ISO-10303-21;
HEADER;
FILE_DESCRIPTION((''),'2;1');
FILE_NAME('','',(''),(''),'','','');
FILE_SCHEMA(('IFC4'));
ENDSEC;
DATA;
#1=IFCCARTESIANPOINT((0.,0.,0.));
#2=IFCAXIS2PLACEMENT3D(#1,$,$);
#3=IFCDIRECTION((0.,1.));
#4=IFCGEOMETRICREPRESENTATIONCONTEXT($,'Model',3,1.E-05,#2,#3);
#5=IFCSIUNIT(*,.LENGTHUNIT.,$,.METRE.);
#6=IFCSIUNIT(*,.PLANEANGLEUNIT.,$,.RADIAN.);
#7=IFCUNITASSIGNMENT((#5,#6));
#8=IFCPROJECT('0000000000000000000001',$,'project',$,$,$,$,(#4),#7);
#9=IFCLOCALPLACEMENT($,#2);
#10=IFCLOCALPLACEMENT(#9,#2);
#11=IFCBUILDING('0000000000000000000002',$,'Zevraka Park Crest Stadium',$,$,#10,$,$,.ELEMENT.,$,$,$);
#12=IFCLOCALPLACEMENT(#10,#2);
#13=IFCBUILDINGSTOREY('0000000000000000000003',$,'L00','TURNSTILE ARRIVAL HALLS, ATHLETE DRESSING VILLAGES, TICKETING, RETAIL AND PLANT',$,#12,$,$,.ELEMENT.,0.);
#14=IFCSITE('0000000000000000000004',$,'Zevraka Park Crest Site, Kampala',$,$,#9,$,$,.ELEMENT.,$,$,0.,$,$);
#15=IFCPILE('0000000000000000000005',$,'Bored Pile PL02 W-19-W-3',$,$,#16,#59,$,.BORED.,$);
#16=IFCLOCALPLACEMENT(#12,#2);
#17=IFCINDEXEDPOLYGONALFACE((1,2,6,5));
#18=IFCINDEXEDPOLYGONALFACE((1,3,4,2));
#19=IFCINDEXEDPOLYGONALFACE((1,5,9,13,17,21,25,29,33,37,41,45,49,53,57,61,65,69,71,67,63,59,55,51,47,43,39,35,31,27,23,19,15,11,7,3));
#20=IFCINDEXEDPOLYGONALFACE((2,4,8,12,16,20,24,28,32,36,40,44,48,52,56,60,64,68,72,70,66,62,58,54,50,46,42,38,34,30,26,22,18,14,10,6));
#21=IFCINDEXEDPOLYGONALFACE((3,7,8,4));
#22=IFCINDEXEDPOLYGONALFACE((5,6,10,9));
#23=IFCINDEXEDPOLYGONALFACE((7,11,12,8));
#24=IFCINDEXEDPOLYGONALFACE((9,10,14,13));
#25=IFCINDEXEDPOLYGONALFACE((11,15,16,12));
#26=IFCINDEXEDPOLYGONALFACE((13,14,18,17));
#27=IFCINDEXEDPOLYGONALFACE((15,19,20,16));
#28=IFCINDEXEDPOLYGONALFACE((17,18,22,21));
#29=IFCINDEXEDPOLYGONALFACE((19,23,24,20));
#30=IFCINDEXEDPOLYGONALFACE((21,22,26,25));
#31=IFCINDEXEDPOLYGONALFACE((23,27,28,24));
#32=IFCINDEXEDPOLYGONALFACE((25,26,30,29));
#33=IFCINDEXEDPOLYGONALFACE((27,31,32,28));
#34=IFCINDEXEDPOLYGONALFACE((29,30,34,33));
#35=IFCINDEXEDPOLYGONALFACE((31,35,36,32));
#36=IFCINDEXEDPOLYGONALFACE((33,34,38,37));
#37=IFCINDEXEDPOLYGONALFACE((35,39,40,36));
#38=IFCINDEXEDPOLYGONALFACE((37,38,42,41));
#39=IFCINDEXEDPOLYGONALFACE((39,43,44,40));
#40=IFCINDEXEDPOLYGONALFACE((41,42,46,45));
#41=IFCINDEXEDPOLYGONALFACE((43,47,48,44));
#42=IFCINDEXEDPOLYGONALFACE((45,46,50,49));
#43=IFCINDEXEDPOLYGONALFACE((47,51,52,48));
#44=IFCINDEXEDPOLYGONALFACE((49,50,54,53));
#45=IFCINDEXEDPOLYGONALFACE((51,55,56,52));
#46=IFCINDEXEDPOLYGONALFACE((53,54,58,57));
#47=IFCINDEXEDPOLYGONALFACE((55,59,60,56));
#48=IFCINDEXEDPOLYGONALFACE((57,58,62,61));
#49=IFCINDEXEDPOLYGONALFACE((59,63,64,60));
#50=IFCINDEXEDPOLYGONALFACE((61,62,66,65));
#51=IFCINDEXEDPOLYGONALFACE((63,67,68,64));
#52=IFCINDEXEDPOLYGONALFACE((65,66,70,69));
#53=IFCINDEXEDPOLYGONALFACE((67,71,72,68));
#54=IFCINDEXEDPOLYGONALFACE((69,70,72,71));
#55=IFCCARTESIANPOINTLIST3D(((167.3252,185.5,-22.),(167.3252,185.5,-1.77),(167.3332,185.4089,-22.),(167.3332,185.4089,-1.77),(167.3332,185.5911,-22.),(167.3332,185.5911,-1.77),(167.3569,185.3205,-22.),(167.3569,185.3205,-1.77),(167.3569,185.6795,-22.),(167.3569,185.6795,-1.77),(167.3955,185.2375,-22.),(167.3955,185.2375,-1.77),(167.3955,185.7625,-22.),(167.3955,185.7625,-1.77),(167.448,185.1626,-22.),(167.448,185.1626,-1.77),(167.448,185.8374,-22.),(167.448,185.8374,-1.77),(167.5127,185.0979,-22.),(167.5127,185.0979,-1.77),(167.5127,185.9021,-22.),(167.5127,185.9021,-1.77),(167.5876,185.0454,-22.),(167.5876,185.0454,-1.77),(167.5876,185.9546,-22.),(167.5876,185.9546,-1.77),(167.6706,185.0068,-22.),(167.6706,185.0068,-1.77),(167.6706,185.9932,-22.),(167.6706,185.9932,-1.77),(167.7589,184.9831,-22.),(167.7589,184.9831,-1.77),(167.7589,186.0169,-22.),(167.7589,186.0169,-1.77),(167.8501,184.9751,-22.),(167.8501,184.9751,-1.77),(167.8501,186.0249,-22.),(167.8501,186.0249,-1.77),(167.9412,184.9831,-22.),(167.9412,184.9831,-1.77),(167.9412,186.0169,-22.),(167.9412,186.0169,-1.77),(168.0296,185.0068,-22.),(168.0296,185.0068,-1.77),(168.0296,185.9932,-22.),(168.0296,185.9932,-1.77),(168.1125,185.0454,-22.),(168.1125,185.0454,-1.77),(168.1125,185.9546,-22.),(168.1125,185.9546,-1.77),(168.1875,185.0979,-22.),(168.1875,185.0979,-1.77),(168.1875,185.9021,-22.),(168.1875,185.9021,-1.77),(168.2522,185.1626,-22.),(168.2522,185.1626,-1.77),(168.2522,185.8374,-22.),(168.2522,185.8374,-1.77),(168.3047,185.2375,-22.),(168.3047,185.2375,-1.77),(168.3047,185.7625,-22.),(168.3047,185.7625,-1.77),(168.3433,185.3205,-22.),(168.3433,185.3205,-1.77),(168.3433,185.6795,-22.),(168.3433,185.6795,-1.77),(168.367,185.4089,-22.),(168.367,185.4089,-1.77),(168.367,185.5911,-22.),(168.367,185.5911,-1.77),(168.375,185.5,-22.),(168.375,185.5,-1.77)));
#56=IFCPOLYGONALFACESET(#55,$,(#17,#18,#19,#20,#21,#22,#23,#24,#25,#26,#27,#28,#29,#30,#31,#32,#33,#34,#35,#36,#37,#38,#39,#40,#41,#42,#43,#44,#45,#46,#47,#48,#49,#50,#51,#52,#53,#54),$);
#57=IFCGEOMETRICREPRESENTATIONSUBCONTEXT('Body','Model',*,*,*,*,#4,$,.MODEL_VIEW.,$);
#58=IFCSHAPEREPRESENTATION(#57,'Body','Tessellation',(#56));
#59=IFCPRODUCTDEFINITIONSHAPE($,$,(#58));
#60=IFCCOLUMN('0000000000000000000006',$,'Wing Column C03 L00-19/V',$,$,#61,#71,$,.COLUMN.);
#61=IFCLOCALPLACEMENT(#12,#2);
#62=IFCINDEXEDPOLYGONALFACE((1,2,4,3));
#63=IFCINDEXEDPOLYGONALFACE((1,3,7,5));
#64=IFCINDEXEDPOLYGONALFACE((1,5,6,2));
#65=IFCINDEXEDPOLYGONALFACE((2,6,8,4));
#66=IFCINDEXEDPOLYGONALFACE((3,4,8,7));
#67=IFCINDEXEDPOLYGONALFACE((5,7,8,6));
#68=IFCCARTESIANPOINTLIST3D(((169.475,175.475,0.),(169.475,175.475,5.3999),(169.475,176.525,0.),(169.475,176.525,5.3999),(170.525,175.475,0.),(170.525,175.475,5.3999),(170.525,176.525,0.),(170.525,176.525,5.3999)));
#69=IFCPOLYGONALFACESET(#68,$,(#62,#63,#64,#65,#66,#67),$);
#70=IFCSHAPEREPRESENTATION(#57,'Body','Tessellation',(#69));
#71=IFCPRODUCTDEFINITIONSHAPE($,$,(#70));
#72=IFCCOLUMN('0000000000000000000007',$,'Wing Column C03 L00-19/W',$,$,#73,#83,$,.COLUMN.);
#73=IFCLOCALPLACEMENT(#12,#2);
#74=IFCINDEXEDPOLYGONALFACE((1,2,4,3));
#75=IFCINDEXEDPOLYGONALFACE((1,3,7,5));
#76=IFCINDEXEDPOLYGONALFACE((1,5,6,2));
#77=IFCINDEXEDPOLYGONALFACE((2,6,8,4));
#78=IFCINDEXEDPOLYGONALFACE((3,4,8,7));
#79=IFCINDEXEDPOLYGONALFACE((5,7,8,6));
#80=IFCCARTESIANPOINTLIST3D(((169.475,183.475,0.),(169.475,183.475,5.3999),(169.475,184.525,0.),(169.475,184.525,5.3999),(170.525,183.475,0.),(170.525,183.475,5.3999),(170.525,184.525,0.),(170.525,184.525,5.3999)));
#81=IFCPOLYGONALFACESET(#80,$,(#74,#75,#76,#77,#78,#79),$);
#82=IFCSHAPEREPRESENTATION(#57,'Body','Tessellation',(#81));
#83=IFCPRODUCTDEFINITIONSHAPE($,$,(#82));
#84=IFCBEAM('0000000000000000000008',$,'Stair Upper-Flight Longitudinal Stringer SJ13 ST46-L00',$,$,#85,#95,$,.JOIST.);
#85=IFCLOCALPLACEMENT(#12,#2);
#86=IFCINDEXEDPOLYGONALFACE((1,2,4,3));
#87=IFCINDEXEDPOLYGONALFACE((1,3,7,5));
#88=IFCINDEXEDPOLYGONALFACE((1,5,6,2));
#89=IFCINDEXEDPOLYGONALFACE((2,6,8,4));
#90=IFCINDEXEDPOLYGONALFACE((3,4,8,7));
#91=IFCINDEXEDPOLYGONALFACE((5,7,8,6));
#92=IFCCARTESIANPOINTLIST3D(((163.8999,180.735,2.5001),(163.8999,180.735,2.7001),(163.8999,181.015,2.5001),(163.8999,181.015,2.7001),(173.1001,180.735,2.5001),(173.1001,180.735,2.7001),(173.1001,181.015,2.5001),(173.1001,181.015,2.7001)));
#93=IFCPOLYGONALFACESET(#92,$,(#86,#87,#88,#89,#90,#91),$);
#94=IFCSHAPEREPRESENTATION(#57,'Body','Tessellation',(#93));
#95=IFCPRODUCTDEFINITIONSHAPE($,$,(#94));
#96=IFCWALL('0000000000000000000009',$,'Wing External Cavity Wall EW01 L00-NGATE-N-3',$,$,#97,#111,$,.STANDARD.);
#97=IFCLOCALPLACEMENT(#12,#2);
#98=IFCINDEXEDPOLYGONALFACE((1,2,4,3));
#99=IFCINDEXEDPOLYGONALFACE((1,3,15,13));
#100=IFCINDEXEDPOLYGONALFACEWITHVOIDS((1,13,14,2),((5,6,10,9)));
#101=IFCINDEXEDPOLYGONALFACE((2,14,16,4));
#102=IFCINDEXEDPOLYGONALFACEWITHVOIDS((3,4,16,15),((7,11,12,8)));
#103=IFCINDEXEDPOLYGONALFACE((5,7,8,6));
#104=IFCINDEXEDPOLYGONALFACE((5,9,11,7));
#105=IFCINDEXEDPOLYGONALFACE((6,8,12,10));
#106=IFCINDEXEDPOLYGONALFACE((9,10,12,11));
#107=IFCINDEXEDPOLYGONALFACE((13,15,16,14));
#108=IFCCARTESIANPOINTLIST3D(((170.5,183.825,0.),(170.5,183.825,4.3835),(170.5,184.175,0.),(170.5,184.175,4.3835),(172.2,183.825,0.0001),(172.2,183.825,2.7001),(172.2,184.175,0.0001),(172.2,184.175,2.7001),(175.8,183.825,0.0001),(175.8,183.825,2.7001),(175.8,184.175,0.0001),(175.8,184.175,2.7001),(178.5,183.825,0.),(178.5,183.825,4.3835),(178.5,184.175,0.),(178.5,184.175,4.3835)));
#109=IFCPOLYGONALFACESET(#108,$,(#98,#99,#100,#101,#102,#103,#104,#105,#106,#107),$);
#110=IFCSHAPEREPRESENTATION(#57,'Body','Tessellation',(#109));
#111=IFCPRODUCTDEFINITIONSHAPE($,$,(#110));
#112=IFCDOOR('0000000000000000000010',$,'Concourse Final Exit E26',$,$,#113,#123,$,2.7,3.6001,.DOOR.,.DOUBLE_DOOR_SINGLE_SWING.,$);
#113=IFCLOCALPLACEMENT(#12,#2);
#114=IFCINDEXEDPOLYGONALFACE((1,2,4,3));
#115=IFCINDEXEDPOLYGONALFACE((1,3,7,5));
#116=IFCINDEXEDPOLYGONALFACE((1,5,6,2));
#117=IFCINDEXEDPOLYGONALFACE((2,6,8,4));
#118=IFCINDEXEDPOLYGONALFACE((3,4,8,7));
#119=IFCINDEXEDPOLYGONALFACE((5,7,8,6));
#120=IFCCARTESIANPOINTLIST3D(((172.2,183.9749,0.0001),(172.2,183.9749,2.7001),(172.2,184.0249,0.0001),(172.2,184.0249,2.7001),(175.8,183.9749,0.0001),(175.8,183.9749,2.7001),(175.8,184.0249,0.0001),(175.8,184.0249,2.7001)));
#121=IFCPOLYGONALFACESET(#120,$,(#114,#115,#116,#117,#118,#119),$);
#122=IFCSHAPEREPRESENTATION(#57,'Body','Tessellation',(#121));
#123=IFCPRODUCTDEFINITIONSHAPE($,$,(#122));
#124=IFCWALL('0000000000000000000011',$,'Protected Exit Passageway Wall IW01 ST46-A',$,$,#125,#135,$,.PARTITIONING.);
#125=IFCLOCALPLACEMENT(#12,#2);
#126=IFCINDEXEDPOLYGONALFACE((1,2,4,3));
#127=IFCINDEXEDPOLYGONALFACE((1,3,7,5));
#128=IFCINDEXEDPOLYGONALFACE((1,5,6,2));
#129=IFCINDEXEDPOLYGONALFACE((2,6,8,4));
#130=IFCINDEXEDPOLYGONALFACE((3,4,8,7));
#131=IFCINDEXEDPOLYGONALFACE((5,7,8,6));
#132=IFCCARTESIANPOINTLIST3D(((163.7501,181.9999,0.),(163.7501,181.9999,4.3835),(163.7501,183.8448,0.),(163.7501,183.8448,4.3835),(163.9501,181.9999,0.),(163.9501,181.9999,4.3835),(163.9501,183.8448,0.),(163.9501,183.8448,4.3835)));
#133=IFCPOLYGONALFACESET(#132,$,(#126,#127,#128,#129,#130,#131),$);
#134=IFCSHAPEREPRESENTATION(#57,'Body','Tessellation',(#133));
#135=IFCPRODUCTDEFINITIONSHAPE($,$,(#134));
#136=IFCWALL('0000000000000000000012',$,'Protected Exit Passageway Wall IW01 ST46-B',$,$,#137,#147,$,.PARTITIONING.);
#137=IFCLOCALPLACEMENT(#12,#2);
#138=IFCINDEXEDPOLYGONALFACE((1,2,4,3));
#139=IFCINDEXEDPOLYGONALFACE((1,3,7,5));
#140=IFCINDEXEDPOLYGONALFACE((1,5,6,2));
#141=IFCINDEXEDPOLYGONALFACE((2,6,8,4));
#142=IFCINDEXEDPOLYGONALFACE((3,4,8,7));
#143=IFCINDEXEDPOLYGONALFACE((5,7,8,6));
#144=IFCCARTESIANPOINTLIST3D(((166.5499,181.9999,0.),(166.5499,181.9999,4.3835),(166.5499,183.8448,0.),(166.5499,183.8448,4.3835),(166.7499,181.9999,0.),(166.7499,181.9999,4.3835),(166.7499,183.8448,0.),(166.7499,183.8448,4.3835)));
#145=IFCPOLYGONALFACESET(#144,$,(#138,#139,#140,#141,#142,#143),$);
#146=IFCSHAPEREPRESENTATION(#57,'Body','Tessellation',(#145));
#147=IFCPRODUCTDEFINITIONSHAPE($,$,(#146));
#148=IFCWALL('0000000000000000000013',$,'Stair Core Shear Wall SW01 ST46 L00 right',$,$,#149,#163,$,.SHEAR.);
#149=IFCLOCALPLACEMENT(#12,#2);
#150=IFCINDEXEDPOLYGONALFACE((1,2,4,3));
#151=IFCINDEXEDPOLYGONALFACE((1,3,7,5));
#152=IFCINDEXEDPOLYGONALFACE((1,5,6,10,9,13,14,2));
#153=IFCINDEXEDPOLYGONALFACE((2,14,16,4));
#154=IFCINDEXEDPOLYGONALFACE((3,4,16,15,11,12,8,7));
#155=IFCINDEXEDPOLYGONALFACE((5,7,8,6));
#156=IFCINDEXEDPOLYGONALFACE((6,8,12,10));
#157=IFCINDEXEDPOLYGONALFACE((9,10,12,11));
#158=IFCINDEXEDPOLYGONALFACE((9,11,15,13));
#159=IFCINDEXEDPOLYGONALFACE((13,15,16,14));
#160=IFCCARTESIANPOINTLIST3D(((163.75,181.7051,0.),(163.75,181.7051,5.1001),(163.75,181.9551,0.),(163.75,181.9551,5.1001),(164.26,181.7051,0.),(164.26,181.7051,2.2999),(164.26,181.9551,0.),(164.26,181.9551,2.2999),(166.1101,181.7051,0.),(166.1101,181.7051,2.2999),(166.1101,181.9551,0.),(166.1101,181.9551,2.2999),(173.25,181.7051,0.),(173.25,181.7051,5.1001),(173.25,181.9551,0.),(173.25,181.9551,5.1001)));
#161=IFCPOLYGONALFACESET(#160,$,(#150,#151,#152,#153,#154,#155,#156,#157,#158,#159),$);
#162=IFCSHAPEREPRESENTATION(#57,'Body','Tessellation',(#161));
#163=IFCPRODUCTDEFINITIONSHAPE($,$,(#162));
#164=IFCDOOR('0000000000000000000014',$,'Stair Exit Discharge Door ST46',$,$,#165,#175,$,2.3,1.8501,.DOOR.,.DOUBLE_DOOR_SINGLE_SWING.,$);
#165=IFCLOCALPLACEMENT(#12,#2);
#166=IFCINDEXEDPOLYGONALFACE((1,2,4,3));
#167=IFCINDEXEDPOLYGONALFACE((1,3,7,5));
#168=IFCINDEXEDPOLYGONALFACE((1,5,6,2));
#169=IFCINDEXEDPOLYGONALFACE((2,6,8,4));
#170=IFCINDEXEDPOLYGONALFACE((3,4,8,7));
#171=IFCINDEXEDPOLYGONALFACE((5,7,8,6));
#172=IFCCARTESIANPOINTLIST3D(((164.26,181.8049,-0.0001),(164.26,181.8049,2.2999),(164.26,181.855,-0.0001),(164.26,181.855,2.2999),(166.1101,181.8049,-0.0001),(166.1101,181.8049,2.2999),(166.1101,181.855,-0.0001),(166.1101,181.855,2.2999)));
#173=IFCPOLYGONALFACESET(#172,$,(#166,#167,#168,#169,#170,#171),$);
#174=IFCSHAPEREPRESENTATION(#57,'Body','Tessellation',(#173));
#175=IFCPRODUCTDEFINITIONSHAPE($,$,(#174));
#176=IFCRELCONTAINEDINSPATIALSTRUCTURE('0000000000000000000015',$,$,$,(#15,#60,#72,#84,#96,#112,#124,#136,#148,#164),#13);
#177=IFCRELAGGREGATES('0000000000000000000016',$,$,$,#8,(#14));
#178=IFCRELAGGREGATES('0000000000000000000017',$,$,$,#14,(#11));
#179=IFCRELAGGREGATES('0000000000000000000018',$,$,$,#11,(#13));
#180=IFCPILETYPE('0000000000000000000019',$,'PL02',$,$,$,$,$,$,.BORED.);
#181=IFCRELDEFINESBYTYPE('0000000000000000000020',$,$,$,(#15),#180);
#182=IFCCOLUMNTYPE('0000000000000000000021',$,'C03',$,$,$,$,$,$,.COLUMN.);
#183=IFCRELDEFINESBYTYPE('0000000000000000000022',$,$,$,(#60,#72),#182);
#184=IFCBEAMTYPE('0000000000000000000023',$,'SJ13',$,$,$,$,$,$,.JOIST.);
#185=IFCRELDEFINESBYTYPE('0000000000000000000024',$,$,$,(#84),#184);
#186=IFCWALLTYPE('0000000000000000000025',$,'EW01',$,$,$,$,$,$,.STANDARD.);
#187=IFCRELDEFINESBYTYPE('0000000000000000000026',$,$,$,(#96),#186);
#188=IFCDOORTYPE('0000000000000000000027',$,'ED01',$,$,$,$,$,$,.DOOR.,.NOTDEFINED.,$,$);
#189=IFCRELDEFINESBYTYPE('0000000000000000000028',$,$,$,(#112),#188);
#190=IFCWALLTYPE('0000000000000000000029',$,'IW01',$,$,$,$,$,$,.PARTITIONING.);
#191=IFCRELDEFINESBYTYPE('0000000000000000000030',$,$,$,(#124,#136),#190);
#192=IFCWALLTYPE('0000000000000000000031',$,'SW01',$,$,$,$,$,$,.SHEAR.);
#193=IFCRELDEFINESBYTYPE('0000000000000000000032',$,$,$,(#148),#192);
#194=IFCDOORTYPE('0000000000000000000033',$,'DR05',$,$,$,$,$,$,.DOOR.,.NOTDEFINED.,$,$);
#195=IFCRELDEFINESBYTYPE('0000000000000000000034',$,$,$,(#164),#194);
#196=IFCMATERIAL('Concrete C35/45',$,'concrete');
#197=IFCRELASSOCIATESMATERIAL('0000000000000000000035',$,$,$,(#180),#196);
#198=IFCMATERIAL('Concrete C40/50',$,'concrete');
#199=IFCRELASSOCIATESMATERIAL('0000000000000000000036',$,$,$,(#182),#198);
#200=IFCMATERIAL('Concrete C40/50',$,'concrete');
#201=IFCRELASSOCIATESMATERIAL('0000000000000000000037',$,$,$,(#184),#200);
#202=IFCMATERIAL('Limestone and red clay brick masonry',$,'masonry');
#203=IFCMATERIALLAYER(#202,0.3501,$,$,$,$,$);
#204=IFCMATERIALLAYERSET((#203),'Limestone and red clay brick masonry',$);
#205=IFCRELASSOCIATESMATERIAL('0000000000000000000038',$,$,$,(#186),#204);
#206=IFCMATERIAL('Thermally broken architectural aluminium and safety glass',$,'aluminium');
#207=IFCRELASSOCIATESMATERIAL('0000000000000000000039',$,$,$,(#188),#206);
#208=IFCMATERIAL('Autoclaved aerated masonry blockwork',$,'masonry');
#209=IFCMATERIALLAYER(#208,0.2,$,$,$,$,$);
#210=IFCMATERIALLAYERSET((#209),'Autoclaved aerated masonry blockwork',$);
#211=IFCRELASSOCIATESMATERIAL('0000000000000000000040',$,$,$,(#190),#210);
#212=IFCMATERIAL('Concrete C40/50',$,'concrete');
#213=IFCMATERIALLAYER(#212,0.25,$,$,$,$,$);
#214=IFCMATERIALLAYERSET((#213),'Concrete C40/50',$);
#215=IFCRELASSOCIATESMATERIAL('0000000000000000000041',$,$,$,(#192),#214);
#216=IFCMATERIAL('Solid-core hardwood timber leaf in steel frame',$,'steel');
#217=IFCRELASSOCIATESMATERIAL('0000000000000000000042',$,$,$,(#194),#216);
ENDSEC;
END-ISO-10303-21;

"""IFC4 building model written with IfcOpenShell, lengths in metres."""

from ifc_helpers import new_model, si_unit, direction, frame, frame_2d, origin, origin_2d, place, context, subcontext, project, spatial, rectangle, circle, extrude, material, layer, layer_set, material_profile, profile_set, type_object, element, fill, save


model = new_model("IFC4")

# Units and contexts
model_context = context("Model", 3, precision=1e-05, world=origin(), true_north=direction((0.0, 1.0)))
body_context = subcontext(model_context, "Body", "Model", "MODEL_VIEW")
ifc_project = project(units=[si_unit("LENGTHUNIT", "METRE"), si_unit("PLANEANGLEUNIT", "RADIAN")], contexts=[model_context])

# Site, building, storey
site_placement = place(None, origin())
site = spatial("IfcSite", under=ifc_project, at=site_placement, Name="Zevraka Park Crest Site, Kampala", CompositionType="ELEMENT", RefElevation=0.0)
building_placement = place(site_placement, origin())
building = spatial("IfcBuilding", under=site, at=building_placement, Name="Zevraka Park Crest Stadium", CompositionType="ELEMENT")
storey_placement = place(building_placement, origin())
storey = spatial("IfcBuildingStorey", under=building, at=storey_placement, Name="L00", Description="TURNSTILE ARRIVAL HALLS, ATHLETE DRESSING VILLAGES, TICKETING, RETAIL AND PLANT", CompositionType="ELEMENT", Elevation=0.0)

# Pile
ifc_material_1 = material(Name="Concrete C35/45", Category="concrete")
ifc_material_profile_1 = material_profile(ifc_material_1, circle(Radius=0.5249, at=origin_2d()), Name="PILE D1050")
ifc_profile_set_1 = profile_set([ifc_material_profile_1], Name="Concrete C35/45")
pile_type = type_object("IfcPileType", Name="PL02", PredefinedType="BORED", material=ifc_profile_set_1)
for number, where, z_axis, x_axis, name in (
    (1, (167.8501, 185.5, -1.77), (0.0, 0.0, -1.0), (1.0, 0.0, 0.0), "Bored Pile PL02 W-19-W-3"),
):
    element("IfcPile", number, at=place(storey_placement, frame(where, z_axis=z_axis, x_axis=x_axis)), inside=storey, type_object=pile_type, Name=name, PredefinedType="BORED", context=body_context, shape_type="SweptSolid", body=[
        extrude(circle(Radius=0.5249, at=origin_2d()), origin(), (0.0, 0.0, 1.0), 20.23),
    ])

# Columns
ifc_material_2 = material(Name="Concrete C40/50", Category="concrete")
ifc_material_profile_2 = material_profile(ifc_material_2, rectangle(XDim=1.05, YDim=1.05, at=origin_2d()), Name="RC 1050x1050")
ifc_profile_set_2 = profile_set([ifc_material_profile_2], Name="Concrete C40/50")
column_type = type_object("IfcColumnType", Name="C03", PredefinedType="COLUMN", material=ifc_profile_set_2)
for number, where, z_axis, x_axis, name in (
    (2, (170.0, 176.0, 0.0), (0.0, 0.0, 1.0), (1.0, 0.0, 0.0), "Wing Column C03 L00-19/V"),
    (3, (170.0, 184.0, 0.0), (0.0, 0.0, 1.0), (1.0, 0.0, 0.0), "Wing Column C03 L00-19/W"),
):
    element("IfcColumn", number, at=place(storey_placement, frame(where, z_axis=z_axis, x_axis=x_axis)), inside=storey, type_object=column_type, Name=name, PredefinedType="COLUMN", context=body_context, shape_type="SweptSolid", body=[
        extrude(rectangle(XDim=1.05, YDim=1.05, at=origin_2d()), origin(), (0.0, 0.0, 1.0), 5.3999),
    ])

# Beam
ifc_material_3 = material(Name="Concrete C40/50", Category="concrete")
ifc_material_profile_3 = material_profile(ifc_material_3, rectangle(XDim=0.28, YDim=0.2, at=origin_2d()), Name="RC 200x280")
ifc_profile_set_3 = profile_set([ifc_material_profile_3], Name="Concrete C40/50")
beam_type = type_object("IfcBeamType", Name="SJ13", PredefinedType="JOIST", material=ifc_profile_set_3)
beam_placement = place(storey_placement, frame((163.8999, 180.875, 2.6001), z_axis=(1.0, 0.0, 0.0), x_axis=(0.0, 1.0, 0.0)))
element("IfcBeam", 4, at=beam_placement, inside=storey, type_object=beam_type, Name="Stair Upper-Flight Longitudinal Stringer SJ13 ST46-L00", PredefinedType="JOIST", context=body_context, shape_type="SweptSolid", body=[
    extrude(rectangle(XDim=0.28, YDim=0.2, at=origin_2d()), origin(), (0.0, 0.0, 1.0), 9.2002),
])

# Wall, opening, door
ifc_material_4 = material(Name="Limestone and red clay brick masonry", Category="masonry")
ifc_layer_1 = layer(ifc_material_4, 0.3501)
ifc_layer_set_1 = layer_set([ifc_layer_1], Name="Limestone and red clay brick masonry")
wall_type_1 = type_object("IfcWallType", Name="EW01", PredefinedType="STANDARD", material=ifc_layer_set_1)
wall_1_placement = place(storey_placement, frame((170.5, 184.0, 0.0), z_axis=(0.0, 0.0, 1.0), x_axis=(1.0, 0.0, 0.0)))
wall_1 = element("IfcWall", 5, at=wall_1_placement, inside=storey, type_object=wall_type_1, Name="Wing External Cavity Wall EW01 L00-NGATE-N-3", PredefinedType="STANDARD", context=body_context, shape_type="SweptSolid", body=[
    extrude(rectangle(XDim=8.0, YDim=0.3501, at=frame_2d((4.0, 0.0))), origin(), (0.0, 0.0, 1.0), 4.3835),
])
opening_1_placement = place(wall_1_placement, frame((1.7, 0.0, 0.0)))
opening_1 = element("IfcOpeningElement", 6, at=opening_1_placement, cuts=wall_1, PredefinedType="OPENING", context=body_context, shape_type="SweptSolid", body=[
    extrude(rectangle(XDim=3.6001, YDim=2.7, at=frame_2d((1.8, 1.3501))), frame((0.0, 0.1851, 0.0), z_axis=(0.0, -1.0, 0.0), x_axis=(1.0, 0.0, 0.0)), (0.0, 0.0, 1.0), 0.3701),
])
ifc_material_5 = material(Name="Thermally broken architectural aluminium and safety glass", Category="aluminium")
door_type_1 = type_object("IfcDoorType", Name="ED01", OperationType="NOTDEFINED", PredefinedType="DOOR", material=ifc_material_5)
door_1_placement = place(opening_1_placement, origin())
door_1 = element("IfcDoor", 7, at=door_1_placement, inside=storey, type_object=door_type_1, Name="Concourse Final Exit E26", OperationType="DOUBLE_DOOR_SINGLE_SWING", OverallHeight=2.7, OverallWidth=3.6001, PredefinedType="DOOR", context=body_context, shape_type="SweptSolid", body=[
    extrude(rectangle(XDim=3.6001, YDim=2.7, at=frame_2d((1.8, 1.3501))), frame((0.0, 0.0249, 0.0), z_axis=(0.0, -1.0, 0.0), x_axis=(1.0, 0.0, 0.0)), (0.0, 0.0, 1.0), 0.05),
])
fill(opening_1, door_1)

# Walls
ifc_material_6 = material(Name="Autoclaved aerated masonry blockwork", Category="masonry")
ifc_layer_2 = layer(ifc_material_6, 0.2)
ifc_layer_set_2 = layer_set([ifc_layer_2], Name="Autoclaved aerated masonry blockwork")
wall_type_2 = type_object("IfcWallType", Name="IW01", PredefinedType="PARTITIONING", material=ifc_layer_set_2)
for number, where, z_axis, x_axis, name in (
    (8, (163.8501, 182.0, 0.0), (0.0, 0.0, 1.0), (0.0, 1.0, 0.0), "Protected Exit Passageway Wall IW01 ST46-A"),
    (9, (166.6499, 182.0, 0.0), (0.0, 0.0, 1.0), (0.0, 1.0, 0.0), "Protected Exit Passageway Wall IW01 ST46-B"),
):
    element("IfcWall", number, at=place(storey_placement, frame(where, z_axis=z_axis, x_axis=x_axis)), inside=storey, type_object=wall_type_2, Name=name, PredefinedType="PARTITIONING", context=body_context, shape_type="SweptSolid", body=[
        extrude(rectangle(XDim=1.845, YDim=0.2, at=frame_2d((0.9224, 0.0))), origin(), (0.0, 0.0, 1.0), 4.3835),
    ])

# Wall, opening, door
ifc_material_7 = material(Name="Concrete C40/50", Category="concrete")
ifc_layer_3 = layer(ifc_material_7, 0.25)
ifc_layer_set_3 = layer_set([ifc_layer_3], Name="Concrete C40/50")
wall_type_3 = type_object("IfcWallType", Name="SW01", PredefinedType="SHEAR", material=ifc_layer_set_3)
wall_2_placement = place(storey_placement, frame((163.75, 181.8301, 0.0), z_axis=(0.0, 0.0, 1.0), x_axis=(1.0, 0.0, 0.0)))
wall_2 = element("IfcWall", 10, at=wall_2_placement, inside=storey, type_object=wall_type_3, Name="Stair Core Shear Wall SW01 ST46 L00 right", PredefinedType="SHEAR", context=body_context, shape_type="SweptSolid", body=[
    extrude(rectangle(XDim=9.5, YDim=0.25, at=frame_2d((4.75, 0.0))), origin(), (0.0, 0.0, 1.0), 5.1001),
])
opening_2_placement = place(wall_2_placement, frame((0.51, 0.0, 0.0)))
opening_2 = element("IfcOpeningElement", 11, at=opening_2_placement, cuts=wall_2, PredefinedType="OPENING", context=body_context, shape_type="SweptSolid", body=[
    extrude(rectangle(XDim=1.8501, YDim=2.3, at=frame_2d((0.925, 1.1499))), frame((0.0, 0.135, 0.0), z_axis=(0.0, -1.0, 0.0), x_axis=(1.0, 0.0, 0.0)), (0.0, 0.0, 1.0), 0.27),
])
ifc_material_8 = material(Name="Solid-core hardwood timber leaf in steel frame", Category="steel")
door_type_2 = type_object("IfcDoorType", Name="DR05", OperationType="NOTDEFINED", PredefinedType="DOOR", material=ifc_material_8)
door_2_placement = place(opening_2_placement, origin())
door_2 = element("IfcDoor", 12, at=door_2_placement, inside=storey, type_object=door_type_2, Name="Stair Exit Discharge Door ST46", OperationType="DOUBLE_DOOR_SINGLE_SWING", OverallHeight=2.3, OverallWidth=1.8501, PredefinedType="DOOR", context=body_context, shape_type="SweptSolid", body=[
    extrude(rectangle(XDim=1.8501, YDim=2.3, at=frame_2d((0.925, 1.1499))), frame((0.0, 0.0249, 0.0), z_axis=(0.0, -1.0, 0.0), x_axis=(1.0, 0.0, 0.0)), (0.0, 0.0, 1.0), 0.05),
])
fill(opening_2, door_2)

save(model, "model.ifc")
